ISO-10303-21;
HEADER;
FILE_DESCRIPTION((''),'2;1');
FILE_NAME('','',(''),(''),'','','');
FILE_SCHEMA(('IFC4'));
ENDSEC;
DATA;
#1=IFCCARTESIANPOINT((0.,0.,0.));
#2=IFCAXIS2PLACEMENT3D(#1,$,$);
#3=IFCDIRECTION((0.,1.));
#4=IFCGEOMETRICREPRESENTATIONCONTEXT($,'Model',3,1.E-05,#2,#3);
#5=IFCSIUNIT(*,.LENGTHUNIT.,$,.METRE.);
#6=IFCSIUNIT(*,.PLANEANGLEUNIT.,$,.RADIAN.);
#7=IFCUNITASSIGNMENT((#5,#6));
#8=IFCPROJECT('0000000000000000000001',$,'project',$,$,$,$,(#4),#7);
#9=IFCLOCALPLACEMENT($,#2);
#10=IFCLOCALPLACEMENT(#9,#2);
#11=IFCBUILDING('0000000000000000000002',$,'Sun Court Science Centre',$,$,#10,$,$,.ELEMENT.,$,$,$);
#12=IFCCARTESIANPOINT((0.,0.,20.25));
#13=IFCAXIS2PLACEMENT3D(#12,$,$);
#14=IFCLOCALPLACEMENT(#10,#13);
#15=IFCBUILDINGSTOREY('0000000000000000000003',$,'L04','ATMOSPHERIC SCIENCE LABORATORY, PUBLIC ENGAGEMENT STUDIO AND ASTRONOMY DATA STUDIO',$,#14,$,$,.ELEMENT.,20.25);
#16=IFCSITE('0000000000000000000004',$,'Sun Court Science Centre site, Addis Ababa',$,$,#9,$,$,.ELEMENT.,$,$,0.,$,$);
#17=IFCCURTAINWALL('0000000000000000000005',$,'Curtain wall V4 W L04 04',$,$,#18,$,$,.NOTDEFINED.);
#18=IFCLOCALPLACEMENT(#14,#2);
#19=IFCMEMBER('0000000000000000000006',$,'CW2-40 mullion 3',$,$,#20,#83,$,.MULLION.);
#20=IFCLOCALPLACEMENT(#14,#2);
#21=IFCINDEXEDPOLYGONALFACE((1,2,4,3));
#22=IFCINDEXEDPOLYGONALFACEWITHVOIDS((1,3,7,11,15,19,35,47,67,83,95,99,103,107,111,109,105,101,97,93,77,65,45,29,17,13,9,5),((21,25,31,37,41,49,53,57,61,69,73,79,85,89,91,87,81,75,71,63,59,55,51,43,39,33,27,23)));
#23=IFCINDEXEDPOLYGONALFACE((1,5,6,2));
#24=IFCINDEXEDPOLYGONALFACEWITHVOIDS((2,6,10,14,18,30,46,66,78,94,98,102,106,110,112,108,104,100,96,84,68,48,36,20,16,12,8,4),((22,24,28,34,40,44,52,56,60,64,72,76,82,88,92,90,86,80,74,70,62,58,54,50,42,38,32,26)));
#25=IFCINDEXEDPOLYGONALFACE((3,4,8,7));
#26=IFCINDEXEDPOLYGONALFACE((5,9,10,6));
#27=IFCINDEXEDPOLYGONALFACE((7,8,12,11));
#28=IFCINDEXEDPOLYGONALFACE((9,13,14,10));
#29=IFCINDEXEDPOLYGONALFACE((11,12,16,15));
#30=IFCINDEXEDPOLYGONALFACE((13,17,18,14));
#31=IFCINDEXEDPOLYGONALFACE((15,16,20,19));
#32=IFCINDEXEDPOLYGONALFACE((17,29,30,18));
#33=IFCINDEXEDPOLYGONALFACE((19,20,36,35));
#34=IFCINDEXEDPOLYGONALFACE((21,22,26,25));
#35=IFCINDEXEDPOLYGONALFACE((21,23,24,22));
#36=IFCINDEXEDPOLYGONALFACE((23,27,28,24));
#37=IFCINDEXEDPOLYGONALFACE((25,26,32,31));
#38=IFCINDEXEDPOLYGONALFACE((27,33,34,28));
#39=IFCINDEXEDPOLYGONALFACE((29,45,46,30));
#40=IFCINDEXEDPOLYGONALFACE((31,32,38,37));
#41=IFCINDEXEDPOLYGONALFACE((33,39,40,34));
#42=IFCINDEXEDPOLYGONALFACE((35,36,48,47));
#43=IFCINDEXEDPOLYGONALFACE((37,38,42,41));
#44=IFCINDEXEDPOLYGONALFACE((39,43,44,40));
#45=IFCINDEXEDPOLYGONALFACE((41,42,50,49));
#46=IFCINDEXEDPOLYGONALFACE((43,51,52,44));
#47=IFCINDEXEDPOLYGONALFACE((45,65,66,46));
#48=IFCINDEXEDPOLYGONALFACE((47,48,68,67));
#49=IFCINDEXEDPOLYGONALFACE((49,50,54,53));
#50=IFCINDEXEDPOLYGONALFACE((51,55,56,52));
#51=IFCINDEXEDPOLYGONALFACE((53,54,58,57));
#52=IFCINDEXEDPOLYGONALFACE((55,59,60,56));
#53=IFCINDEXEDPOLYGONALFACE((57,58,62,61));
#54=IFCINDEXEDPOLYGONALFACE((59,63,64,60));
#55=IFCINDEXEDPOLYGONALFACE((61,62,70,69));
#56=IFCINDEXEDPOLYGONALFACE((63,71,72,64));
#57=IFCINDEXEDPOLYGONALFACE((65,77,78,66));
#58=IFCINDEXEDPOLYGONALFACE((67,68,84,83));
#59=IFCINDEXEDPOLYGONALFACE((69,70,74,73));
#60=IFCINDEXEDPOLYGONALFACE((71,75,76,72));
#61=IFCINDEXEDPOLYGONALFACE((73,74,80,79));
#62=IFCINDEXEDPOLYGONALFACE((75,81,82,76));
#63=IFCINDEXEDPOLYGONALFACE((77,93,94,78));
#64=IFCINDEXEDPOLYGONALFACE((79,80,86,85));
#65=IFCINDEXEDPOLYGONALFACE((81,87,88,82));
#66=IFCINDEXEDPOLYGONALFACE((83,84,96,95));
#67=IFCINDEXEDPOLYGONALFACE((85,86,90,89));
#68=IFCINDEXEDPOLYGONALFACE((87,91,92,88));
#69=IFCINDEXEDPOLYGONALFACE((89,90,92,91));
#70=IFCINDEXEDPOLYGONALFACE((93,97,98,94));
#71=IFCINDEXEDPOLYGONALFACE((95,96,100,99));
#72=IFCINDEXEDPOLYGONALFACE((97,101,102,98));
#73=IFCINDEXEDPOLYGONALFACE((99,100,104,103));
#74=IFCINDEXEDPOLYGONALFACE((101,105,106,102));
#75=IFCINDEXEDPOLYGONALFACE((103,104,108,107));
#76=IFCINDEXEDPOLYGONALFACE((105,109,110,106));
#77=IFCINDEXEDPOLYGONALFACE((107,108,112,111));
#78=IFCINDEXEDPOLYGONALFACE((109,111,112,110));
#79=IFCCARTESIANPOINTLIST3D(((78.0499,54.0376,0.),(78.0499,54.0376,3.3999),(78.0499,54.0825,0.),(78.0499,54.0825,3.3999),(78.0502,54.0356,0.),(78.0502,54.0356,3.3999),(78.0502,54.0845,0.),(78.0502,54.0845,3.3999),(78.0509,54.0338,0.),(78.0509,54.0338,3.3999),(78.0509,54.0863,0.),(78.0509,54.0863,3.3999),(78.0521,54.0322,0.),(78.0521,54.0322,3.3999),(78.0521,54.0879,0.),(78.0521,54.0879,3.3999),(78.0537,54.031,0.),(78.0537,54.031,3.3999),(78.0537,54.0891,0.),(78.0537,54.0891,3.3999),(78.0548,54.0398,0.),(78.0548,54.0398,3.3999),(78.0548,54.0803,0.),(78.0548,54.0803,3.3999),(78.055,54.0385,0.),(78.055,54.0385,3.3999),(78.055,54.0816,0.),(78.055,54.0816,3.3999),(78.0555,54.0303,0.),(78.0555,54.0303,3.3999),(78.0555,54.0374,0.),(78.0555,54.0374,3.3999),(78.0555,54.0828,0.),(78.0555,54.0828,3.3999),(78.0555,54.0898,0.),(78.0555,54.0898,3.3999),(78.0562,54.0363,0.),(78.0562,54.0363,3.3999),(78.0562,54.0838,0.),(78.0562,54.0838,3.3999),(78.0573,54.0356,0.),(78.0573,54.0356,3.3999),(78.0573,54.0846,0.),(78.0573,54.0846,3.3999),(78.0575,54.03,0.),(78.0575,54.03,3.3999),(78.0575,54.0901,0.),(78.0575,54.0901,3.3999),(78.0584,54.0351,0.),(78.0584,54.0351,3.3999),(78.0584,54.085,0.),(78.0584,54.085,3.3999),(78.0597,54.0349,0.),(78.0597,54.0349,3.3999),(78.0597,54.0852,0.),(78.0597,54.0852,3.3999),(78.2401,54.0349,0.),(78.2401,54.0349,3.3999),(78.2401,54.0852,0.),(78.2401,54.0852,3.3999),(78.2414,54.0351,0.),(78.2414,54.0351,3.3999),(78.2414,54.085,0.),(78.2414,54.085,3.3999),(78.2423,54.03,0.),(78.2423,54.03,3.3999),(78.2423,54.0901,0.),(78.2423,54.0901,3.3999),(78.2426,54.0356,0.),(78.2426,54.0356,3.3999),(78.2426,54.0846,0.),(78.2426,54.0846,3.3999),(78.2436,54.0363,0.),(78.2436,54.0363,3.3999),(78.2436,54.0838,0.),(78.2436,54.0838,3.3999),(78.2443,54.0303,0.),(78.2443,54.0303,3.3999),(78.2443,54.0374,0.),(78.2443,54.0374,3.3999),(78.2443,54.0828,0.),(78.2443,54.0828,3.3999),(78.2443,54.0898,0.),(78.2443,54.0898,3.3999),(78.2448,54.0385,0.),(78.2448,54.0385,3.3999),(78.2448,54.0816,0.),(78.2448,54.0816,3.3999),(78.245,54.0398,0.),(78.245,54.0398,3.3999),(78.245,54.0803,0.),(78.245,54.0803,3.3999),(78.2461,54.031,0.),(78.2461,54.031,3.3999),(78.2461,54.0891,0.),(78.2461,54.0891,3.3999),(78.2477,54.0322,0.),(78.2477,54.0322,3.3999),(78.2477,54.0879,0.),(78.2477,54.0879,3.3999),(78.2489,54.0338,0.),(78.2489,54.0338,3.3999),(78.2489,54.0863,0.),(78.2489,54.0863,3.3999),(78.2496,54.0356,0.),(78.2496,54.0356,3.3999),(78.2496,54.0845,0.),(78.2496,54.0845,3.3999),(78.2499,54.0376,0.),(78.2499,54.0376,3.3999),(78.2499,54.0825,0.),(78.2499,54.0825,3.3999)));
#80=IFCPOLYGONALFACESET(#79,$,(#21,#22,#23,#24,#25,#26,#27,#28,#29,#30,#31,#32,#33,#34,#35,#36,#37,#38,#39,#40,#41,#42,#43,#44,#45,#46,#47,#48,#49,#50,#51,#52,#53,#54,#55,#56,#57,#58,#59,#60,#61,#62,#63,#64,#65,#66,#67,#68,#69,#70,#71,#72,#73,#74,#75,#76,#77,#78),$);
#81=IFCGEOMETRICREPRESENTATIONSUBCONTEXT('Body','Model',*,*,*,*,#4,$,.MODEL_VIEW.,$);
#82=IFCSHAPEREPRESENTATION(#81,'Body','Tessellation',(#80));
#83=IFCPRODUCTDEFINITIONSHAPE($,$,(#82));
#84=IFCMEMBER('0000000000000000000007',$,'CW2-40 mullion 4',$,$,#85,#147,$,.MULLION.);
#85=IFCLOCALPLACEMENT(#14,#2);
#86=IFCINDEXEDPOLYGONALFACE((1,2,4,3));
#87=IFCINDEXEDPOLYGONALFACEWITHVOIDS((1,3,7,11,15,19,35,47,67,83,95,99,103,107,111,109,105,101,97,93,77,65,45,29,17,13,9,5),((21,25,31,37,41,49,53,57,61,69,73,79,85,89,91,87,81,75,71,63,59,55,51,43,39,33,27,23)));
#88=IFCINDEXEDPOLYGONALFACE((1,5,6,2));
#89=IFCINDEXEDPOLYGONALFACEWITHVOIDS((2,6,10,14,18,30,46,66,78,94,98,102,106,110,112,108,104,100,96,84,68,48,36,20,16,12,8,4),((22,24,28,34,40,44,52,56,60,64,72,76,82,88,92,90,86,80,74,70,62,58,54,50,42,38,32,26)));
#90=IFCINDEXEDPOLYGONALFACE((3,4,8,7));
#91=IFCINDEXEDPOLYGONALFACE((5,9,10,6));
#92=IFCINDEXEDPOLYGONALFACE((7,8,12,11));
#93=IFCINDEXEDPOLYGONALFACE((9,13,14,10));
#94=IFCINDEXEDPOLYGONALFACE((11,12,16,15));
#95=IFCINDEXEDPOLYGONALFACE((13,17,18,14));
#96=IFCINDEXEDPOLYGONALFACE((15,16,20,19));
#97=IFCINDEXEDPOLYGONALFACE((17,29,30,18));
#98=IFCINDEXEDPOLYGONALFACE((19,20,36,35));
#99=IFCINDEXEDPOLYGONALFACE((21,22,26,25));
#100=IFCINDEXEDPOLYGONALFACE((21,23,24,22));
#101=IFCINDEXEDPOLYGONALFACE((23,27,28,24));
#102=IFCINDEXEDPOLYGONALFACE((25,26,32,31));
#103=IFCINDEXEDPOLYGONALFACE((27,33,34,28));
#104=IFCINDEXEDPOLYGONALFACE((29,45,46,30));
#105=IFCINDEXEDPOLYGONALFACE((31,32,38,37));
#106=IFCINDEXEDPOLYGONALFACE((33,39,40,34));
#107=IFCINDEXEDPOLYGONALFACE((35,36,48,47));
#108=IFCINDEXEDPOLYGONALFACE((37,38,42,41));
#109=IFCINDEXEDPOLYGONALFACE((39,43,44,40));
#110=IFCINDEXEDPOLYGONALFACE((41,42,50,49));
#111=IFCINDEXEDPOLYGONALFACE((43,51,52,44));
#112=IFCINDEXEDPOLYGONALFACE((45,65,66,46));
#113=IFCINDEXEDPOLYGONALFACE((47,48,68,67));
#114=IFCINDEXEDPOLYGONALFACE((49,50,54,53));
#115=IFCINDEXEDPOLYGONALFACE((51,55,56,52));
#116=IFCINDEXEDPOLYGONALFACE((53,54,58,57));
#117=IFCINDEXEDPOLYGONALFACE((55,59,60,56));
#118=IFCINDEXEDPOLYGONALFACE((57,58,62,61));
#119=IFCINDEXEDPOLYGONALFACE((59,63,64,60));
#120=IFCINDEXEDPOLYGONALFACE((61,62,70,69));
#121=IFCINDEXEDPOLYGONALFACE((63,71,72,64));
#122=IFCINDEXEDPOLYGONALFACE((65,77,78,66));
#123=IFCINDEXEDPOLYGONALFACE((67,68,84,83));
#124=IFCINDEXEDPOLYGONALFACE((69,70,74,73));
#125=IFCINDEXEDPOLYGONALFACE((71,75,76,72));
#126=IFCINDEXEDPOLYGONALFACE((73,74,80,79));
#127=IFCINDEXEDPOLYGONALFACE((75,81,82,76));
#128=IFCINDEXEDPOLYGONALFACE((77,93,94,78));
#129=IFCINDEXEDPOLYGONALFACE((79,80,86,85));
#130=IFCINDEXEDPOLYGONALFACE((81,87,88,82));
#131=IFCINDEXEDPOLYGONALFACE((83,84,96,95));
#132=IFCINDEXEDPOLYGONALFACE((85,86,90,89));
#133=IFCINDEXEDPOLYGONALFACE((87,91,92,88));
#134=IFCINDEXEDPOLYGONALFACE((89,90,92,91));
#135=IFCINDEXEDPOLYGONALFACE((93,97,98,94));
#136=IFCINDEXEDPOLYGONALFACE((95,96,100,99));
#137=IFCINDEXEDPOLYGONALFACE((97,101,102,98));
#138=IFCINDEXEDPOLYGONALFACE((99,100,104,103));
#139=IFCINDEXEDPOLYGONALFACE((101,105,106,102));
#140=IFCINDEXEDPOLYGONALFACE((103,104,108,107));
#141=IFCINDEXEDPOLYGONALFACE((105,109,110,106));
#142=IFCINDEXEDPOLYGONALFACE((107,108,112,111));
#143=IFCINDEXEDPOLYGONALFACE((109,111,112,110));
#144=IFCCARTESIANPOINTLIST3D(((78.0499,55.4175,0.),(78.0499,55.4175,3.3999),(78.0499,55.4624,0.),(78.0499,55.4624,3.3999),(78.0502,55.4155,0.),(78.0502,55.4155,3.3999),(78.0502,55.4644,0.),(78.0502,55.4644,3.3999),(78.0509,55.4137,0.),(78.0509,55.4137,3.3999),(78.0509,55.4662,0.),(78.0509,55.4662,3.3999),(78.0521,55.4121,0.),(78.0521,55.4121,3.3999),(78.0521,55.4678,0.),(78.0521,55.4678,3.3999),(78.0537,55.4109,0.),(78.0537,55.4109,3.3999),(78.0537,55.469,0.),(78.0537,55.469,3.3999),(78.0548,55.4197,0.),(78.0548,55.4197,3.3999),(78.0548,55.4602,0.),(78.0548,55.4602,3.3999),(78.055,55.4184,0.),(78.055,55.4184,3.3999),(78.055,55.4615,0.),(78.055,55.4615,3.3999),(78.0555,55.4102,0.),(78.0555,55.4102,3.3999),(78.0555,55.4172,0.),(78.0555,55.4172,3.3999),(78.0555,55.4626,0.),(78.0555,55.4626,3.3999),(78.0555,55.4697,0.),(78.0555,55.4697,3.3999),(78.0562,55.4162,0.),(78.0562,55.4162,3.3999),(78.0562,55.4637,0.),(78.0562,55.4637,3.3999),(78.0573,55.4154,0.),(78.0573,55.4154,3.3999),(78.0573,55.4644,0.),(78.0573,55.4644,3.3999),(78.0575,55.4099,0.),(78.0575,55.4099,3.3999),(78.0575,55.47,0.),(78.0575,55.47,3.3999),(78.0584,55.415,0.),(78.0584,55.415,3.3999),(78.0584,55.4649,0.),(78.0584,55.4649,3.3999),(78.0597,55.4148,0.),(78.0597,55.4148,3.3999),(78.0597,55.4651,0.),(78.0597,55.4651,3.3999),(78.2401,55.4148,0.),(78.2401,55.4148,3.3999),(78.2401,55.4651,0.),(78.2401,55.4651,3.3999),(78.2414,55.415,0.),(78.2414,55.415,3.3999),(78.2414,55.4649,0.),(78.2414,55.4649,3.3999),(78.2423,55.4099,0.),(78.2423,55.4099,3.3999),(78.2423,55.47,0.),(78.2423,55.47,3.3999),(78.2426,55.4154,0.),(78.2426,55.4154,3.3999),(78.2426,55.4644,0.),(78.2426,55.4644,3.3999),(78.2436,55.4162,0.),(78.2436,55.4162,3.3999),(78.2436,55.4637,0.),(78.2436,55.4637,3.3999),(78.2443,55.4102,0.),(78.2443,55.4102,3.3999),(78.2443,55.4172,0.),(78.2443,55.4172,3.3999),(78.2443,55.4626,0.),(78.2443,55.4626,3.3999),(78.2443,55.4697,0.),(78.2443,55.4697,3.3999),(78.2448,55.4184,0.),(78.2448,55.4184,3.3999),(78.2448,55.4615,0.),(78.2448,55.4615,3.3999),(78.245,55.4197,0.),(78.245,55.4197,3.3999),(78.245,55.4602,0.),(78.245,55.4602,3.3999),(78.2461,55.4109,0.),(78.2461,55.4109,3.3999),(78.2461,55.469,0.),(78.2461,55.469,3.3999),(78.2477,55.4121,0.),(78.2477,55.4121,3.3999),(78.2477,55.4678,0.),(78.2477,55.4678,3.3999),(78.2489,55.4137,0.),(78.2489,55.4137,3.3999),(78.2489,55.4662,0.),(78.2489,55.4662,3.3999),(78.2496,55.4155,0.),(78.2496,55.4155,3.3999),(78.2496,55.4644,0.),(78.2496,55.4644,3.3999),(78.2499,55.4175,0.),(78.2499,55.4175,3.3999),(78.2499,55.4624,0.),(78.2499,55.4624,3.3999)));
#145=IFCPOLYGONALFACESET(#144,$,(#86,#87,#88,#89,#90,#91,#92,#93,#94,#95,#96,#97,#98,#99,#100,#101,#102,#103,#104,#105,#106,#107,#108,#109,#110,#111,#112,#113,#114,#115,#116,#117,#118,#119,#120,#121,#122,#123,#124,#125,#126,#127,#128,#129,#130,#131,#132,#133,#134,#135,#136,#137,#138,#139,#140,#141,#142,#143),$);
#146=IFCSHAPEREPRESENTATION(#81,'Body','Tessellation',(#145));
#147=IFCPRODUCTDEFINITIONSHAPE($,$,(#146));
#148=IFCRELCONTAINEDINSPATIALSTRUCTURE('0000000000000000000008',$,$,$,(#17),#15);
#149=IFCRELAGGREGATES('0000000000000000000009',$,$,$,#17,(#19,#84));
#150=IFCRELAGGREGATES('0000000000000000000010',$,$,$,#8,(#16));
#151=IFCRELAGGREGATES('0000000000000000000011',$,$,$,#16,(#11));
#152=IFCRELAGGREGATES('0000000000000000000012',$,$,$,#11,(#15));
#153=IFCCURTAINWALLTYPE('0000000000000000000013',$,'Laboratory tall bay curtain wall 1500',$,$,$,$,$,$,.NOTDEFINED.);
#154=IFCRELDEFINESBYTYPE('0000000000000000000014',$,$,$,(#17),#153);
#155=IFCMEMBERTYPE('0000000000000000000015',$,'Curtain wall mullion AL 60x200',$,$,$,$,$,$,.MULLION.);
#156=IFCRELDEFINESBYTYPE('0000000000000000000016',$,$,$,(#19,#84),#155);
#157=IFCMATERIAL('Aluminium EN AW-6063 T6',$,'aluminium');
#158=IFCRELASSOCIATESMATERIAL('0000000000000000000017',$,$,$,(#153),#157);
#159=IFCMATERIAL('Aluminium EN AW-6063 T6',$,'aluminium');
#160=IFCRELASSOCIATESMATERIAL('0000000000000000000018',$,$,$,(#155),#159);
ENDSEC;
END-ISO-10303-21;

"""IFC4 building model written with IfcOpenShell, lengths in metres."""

from ifc_helpers import new_model, si_unit, direction, frame, origin, origin_2d, place, context, subcontext, project, spatial, hollow_rectangle, extrude, material, material_profile, profile_set, type_object, element, aggregate, save


model = new_model("IFC4")

# Units and contexts
model_context = context("Model", 3, precision=1e-05, world=origin(), true_north=direction((0.0, 1.0)))
body_context = subcontext(model_context, "Body", "Model", "MODEL_VIEW")
ifc_project = project(units=[si_unit("LENGTHUNIT", "METRE"), si_unit("PLANEANGLEUNIT", "RADIAN")], contexts=[model_context])

# Site, building, storey
site_placement = place(None, origin())
site = spatial("IfcSite", under=ifc_project, at=site_placement, Name="Sun Court Science Centre site, Addis Ababa", CompositionType="ELEMENT", RefElevation=0.0)
building_placement = place(site_placement, origin())
building = spatial("IfcBuilding", under=site, at=building_placement, Name="Sun Court Science Centre", CompositionType="ELEMENT")
storey_placement = place(building_placement, frame((0.0, 0.0, 20.25)))
storey = spatial("IfcBuildingStorey", under=building, at=storey_placement, Name="L04", Description="ATMOSPHERIC SCIENCE LABORATORY, PUBLIC ENGAGEMENT STUDIO AND ASTRONOMY DATA STUDIO", CompositionType="ELEMENT", Elevation=20.25)

# Curtain wall, members
ifc_material_1 = material(Name="Aluminium EN AW-6063 T6", Category="aluminium")
curtain_wall_type = type_object("IfcCurtainWallType", Name="Laboratory tall bay curtain wall 1500", PredefinedType="NOTDEFINED", material=ifc_material_1)
curtain_wall_1_placement = place(storey_placement, origin())
curtain_wall_1 = element("IfcCurtainWall", 1, at=curtain_wall_1_placement, inside=storey, type_object=curtain_wall_type, Name="Curtain wall V4 W L04 04", PredefinedType="NOTDEFINED")
ifc_material_2 = material(Name="Aluminium EN AW-6063 T6", Category="aluminium")
ifc_material_profile_1 = material_profile(ifc_material_2, hollow_rectangle(XDim=0.0601, YDim=0.2, WallThickness=0.0049, InnerFilletRadius=0.0049, OuterFilletRadius=0.0076, at=origin_2d()), Name="AL 60x200x5")
ifc_profile_set_1 = profile_set([ifc_material_profile_1], Name="Aluminium EN AW-6063 T6")
member_type_1 = type_object("IfcMemberType", Name="Curtain wall mullion AL 60x200", PredefinedType="MULLION", material=ifc_profile_set_1)
member_1_placement = place(storey_placement, frame((78.1499, 54.0601, 0.0), z_axis=(0.0, 0.0, 1.0), x_axis=(0.0, 1.0, 0.0)))
member_1 = element("IfcMember", 2, at=member_1_placement, type_object=member_type_1, Name="CW2-40 mullion 3", PredefinedType="MULLION", context=body_context, shape_type="SweptSolid", body=[
    extrude(hollow_rectangle(XDim=0.0601, YDim=0.2, WallThickness=0.0049, InnerFilletRadius=0.0049, OuterFilletRadius=0.0076, at=origin_2d()), origin(), (0.0, 0.0, 1.0), 3.3999),
])
member_2_placement = place(storey_placement, frame((78.1499, 55.4399, 0.0), z_axis=(0.0, 0.0, 1.0), x_axis=(0.0, 1.0, 0.0)))
member_2 = element("IfcMember", 3, at=member_2_placement, type_object=member_type_1, Name="CW2-40 mullion 4", PredefinedType="MULLION", context=body_context, shape_type="SweptSolid", body=[
    extrude(hollow_rectangle(XDim=0.0601, YDim=0.2, WallThickness=0.0049, InnerFilletRadius=0.0049, OuterFilletRadius=0.0076, at=origin_2d()), origin(), (0.0, 0.0, 1.0), 3.3999),
])

aggregate(curtain_wall_1, [member_1, member_2])

save(model, "model.ifc")
